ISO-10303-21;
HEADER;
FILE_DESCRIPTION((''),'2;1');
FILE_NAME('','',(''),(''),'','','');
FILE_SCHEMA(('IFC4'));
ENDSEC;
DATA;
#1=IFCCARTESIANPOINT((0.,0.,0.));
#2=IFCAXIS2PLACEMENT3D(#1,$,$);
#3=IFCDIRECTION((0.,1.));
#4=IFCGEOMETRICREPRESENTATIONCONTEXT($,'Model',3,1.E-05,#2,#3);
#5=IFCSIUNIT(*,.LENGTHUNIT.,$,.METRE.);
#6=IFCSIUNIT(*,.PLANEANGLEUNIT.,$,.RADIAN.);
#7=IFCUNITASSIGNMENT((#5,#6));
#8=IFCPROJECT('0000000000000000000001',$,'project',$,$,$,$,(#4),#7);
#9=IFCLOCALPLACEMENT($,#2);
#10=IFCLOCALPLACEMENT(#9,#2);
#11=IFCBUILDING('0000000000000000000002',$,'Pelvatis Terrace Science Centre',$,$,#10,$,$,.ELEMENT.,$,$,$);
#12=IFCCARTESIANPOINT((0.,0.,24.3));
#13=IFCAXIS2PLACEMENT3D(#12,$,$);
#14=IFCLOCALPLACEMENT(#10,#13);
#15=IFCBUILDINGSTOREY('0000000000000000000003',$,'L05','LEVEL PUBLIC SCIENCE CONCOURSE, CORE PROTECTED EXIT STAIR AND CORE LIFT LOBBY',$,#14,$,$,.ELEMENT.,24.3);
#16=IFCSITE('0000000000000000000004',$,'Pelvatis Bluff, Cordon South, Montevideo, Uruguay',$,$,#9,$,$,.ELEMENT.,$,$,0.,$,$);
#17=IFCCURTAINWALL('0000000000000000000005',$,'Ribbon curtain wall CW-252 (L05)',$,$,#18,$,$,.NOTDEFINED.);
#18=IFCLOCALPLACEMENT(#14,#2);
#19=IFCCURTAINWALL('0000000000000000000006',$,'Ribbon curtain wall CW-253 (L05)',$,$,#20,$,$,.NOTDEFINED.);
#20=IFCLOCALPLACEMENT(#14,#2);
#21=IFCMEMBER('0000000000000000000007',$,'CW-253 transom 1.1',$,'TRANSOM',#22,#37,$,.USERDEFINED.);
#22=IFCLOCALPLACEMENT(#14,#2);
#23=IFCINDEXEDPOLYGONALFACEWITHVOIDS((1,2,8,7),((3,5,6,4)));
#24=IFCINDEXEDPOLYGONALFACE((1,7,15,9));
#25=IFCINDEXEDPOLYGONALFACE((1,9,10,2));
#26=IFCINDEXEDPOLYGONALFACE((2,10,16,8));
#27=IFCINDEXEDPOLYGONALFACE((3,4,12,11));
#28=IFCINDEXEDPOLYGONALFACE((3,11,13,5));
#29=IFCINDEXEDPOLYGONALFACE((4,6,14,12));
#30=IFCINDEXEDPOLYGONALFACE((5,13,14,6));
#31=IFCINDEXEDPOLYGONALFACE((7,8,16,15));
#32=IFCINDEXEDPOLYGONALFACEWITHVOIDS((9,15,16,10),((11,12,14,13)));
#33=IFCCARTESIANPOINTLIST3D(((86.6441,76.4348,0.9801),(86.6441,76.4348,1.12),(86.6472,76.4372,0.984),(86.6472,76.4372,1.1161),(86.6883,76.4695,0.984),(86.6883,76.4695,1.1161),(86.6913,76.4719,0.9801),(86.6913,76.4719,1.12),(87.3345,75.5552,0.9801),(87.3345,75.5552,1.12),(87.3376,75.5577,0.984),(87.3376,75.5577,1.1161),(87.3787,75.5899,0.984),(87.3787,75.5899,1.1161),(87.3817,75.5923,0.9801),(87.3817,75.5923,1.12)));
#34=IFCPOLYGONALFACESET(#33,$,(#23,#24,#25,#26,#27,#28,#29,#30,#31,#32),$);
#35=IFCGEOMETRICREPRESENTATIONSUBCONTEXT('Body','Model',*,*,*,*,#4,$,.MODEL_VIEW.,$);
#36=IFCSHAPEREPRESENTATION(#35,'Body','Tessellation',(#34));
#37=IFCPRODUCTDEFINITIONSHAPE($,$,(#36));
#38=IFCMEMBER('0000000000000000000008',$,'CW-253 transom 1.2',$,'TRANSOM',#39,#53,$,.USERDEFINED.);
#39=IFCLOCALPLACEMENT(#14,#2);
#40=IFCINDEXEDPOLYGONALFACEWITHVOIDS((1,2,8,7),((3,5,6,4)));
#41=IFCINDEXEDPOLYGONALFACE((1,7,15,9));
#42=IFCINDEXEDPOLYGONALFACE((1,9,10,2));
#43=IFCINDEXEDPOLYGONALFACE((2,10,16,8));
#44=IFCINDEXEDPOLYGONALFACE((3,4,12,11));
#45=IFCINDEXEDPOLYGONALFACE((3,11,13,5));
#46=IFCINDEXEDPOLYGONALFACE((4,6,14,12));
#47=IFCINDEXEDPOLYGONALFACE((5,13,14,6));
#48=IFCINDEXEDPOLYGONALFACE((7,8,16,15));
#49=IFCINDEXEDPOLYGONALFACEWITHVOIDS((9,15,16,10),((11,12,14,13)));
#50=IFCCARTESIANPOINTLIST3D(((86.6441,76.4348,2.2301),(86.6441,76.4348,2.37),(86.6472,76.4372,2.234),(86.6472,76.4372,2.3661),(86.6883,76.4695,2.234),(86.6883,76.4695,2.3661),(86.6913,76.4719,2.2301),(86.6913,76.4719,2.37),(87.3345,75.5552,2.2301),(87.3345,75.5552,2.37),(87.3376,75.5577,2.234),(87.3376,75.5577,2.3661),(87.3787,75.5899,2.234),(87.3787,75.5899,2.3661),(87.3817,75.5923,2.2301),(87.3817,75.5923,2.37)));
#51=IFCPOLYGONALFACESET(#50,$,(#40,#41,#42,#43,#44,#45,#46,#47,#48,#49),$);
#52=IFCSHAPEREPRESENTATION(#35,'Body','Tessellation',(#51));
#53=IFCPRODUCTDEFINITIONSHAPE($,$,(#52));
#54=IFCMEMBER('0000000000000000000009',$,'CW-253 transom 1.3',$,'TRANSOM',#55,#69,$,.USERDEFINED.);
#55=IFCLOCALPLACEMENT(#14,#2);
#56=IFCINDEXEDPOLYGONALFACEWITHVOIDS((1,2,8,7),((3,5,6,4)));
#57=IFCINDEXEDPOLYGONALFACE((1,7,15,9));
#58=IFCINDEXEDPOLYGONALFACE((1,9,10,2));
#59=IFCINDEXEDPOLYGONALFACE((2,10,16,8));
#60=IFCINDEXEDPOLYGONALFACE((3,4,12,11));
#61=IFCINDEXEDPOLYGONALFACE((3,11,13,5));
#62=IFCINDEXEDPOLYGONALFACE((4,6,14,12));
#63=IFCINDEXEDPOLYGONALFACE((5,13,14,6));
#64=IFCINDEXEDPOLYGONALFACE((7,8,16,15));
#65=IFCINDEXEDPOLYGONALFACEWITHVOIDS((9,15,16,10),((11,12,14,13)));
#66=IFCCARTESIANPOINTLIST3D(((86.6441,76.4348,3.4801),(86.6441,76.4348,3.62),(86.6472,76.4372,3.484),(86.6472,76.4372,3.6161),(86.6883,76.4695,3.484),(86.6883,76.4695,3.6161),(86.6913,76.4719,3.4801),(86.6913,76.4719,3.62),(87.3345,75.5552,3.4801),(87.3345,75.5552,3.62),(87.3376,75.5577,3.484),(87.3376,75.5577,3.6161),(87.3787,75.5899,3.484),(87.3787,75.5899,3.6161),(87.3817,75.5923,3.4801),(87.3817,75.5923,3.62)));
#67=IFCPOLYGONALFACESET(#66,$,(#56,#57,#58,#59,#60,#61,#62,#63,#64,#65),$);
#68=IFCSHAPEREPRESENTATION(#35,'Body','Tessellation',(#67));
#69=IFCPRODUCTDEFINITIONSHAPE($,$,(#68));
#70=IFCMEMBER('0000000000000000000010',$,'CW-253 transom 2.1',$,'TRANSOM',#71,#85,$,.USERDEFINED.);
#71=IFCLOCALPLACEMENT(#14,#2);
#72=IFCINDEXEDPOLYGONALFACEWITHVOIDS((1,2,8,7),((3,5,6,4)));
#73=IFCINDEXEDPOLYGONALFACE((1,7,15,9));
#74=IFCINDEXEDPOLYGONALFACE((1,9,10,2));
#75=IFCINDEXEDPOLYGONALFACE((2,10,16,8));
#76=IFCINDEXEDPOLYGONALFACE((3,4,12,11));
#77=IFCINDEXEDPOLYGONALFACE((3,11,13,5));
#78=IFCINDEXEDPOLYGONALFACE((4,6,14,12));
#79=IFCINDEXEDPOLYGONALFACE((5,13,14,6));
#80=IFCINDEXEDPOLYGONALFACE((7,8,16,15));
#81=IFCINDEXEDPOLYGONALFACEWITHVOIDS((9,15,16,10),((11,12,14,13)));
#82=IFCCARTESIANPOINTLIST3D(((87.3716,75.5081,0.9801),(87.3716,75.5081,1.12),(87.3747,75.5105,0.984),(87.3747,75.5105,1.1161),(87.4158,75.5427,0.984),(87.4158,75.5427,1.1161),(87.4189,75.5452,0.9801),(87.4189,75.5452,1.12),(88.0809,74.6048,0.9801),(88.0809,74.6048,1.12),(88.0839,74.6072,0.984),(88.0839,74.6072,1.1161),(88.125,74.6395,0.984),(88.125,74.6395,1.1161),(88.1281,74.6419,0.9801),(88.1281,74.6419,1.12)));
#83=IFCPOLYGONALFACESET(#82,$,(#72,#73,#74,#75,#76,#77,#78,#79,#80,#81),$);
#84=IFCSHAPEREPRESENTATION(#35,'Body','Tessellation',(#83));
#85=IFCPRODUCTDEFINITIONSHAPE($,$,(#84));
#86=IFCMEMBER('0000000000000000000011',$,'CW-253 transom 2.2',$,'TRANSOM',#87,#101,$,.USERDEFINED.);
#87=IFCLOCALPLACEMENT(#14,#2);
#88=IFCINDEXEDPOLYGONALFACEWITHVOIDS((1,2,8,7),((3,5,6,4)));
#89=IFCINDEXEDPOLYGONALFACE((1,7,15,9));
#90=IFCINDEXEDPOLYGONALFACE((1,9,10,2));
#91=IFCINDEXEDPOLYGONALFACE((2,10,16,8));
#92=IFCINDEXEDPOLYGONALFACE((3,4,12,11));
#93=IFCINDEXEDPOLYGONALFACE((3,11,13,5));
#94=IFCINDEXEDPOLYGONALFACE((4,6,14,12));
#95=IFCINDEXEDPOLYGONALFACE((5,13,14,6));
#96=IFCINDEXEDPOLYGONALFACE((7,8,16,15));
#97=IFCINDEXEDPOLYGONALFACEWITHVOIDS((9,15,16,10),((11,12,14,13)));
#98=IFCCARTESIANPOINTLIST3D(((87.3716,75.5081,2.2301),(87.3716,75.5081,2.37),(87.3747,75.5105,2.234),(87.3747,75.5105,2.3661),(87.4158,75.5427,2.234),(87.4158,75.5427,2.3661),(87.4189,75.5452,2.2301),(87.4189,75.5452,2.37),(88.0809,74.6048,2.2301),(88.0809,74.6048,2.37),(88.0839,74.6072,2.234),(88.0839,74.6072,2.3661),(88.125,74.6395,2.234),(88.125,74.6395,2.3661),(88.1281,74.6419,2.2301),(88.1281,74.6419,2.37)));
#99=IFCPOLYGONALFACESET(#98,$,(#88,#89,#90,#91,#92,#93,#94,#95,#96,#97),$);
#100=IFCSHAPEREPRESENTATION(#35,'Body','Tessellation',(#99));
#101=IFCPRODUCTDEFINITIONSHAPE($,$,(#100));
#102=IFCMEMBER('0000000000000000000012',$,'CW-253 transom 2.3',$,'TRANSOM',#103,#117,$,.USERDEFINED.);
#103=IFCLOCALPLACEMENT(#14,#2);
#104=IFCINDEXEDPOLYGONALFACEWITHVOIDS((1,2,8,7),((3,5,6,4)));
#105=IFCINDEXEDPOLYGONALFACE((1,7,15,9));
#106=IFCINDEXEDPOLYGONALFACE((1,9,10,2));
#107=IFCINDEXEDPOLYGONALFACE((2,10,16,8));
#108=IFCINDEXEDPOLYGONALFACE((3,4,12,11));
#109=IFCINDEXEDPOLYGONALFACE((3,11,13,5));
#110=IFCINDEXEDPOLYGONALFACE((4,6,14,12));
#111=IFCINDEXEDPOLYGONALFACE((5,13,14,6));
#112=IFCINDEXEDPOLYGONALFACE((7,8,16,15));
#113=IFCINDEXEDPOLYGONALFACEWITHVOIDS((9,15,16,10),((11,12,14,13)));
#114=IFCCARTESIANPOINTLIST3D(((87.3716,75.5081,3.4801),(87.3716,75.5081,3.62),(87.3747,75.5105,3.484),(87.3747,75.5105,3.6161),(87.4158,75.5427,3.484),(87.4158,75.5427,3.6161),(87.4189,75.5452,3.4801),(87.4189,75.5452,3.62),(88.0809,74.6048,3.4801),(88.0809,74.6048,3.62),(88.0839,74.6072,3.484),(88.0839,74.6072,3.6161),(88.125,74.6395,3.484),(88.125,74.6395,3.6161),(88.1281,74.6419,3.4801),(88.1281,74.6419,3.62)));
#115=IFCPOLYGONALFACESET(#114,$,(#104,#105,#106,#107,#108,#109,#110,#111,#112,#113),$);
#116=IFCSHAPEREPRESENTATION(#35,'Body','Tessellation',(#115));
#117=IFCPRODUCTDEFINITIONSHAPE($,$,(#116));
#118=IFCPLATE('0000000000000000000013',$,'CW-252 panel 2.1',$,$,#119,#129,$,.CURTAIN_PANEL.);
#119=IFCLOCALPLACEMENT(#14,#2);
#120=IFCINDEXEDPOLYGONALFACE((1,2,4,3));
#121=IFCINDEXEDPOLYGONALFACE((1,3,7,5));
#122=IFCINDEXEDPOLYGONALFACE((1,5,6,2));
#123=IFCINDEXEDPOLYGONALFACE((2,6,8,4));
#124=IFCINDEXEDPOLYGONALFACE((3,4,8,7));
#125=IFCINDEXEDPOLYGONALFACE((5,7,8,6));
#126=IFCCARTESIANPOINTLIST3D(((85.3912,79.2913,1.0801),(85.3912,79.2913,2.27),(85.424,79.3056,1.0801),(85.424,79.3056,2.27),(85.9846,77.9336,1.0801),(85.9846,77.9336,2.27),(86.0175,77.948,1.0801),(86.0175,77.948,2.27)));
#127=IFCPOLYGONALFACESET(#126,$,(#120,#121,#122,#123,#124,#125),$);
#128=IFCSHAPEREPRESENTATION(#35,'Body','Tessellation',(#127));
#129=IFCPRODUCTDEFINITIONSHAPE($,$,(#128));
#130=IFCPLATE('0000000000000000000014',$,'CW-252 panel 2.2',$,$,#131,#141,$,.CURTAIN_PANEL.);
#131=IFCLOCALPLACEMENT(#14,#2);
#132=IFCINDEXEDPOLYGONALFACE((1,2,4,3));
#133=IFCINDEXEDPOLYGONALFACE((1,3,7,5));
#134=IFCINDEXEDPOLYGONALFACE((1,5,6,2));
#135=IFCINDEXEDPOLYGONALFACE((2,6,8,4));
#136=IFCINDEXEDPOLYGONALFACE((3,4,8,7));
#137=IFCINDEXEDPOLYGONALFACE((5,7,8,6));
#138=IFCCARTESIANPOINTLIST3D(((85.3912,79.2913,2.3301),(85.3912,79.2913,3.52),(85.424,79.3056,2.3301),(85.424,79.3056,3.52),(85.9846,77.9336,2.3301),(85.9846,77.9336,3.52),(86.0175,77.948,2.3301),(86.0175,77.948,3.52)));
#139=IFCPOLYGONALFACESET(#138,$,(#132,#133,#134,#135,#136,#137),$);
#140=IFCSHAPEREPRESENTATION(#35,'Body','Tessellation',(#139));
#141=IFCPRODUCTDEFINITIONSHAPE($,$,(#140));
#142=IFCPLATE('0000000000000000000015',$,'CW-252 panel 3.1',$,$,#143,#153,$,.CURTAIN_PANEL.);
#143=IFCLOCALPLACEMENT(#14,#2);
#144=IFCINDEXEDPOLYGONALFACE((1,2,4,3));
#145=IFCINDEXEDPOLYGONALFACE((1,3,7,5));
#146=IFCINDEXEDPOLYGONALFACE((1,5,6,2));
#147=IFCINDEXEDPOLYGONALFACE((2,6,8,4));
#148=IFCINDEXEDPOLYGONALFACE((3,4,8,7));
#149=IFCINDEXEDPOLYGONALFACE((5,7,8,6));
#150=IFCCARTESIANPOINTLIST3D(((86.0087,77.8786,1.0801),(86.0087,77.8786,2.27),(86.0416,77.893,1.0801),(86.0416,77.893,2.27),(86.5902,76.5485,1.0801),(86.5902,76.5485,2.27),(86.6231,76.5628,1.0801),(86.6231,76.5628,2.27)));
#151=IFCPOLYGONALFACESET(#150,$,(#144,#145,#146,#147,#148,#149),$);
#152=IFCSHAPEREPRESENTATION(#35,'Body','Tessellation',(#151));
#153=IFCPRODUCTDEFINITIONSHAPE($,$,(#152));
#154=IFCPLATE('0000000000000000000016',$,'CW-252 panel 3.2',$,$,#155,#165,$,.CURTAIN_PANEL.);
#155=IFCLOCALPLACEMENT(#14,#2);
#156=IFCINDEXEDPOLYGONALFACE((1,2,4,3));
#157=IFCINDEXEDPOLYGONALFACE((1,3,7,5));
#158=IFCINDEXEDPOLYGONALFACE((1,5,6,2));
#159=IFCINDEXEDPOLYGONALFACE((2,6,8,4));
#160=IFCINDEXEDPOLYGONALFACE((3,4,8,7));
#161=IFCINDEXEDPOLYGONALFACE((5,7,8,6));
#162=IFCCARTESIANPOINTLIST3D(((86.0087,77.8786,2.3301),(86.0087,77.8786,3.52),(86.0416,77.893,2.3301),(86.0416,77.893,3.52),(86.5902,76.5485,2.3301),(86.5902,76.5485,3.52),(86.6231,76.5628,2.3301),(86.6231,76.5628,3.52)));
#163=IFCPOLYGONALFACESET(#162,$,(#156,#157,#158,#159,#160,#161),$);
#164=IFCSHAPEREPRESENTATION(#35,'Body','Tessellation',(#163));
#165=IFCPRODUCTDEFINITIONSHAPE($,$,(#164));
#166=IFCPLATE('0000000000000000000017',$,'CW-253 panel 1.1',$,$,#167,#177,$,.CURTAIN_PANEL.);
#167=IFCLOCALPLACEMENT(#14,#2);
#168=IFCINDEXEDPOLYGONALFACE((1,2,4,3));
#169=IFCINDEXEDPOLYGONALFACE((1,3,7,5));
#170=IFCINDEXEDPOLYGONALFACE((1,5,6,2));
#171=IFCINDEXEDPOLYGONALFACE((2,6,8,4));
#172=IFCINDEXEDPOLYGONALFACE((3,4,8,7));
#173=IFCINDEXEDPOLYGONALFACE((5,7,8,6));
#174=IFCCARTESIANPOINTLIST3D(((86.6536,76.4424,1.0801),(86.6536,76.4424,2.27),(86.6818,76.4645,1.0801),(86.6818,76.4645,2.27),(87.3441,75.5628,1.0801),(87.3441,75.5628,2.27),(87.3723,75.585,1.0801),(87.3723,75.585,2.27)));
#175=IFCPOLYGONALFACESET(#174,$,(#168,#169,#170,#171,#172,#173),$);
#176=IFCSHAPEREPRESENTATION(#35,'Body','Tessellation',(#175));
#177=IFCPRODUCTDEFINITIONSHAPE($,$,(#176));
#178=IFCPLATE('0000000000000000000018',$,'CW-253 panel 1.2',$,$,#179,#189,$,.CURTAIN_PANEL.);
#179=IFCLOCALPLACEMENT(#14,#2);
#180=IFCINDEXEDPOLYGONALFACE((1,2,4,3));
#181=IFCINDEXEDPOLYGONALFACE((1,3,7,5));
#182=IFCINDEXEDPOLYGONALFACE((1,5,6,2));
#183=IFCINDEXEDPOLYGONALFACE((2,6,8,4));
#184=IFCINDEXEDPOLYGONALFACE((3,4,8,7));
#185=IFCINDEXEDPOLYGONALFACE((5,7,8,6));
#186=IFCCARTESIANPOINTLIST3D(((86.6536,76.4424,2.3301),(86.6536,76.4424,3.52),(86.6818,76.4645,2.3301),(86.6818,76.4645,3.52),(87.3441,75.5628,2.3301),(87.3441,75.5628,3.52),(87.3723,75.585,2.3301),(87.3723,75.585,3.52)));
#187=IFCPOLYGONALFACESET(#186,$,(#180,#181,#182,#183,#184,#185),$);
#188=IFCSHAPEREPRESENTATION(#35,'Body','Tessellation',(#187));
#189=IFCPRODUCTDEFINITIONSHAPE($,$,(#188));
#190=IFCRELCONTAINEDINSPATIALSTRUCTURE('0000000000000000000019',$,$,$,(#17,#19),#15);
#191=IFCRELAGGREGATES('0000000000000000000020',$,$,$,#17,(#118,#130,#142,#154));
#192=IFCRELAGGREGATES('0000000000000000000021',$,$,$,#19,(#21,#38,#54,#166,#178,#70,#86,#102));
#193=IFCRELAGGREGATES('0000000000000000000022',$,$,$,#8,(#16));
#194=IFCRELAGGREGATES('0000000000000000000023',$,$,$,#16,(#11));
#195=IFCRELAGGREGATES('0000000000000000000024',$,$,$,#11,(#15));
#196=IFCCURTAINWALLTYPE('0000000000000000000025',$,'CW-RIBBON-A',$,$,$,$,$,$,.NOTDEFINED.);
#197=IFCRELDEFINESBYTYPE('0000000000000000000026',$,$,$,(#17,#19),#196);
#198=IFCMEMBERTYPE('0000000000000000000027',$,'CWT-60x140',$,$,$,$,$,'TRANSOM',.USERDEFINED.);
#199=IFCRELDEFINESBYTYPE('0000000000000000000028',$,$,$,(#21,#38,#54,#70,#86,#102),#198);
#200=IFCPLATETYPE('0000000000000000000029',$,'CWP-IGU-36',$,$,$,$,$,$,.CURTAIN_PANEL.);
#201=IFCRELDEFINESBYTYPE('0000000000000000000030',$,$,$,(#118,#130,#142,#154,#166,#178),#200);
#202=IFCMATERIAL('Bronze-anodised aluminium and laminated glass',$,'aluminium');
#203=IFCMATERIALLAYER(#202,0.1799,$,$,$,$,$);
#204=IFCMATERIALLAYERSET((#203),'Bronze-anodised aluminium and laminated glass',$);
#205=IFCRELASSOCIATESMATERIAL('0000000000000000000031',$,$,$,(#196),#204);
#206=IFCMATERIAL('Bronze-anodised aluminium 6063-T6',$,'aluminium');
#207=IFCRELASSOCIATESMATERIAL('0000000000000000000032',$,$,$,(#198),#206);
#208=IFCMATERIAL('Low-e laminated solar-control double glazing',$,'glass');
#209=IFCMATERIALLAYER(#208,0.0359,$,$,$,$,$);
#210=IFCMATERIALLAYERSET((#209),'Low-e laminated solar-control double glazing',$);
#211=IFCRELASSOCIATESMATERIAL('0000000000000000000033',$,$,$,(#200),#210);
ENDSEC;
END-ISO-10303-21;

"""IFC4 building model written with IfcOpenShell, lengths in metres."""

from ifc_helpers import new_model, si_unit, direction, frame, origin, origin_2d, place, context, subcontext, project, spatial, rectangle, hollow_rectangle, extrude, material, layer, layer_set, material_profile, profile_set, type_object, element, aggregate, save


model = new_model("IFC4")

# Units and contexts
model_context = context("Model", 3, precision=1e-05, world=origin(), true_north=direction((0.0, 1.0)))
body_context = subcontext(model_context, "Body", "Model", "MODEL_VIEW")
ifc_project = project(units=[si_unit("LENGTHUNIT", "METRE"), si_unit("PLANEANGLEUNIT", "RADIAN")], contexts=[model_context])

# Site, building, storey
site_placement = place(None, origin())
site = spatial("IfcSite", under=ifc_project, at=site_placement, Name="Pelvatis Bluff, Cordon South, Montevideo, Uruguay", CompositionType="ELEMENT", RefElevation=0.0)
building_placement = place(site_placement, origin())
building = spatial("IfcBuilding", under=site, at=building_placement, Name="Pelvatis Terrace Science Centre", CompositionType="ELEMENT")
storey_placement = place(building_placement, frame((0.0, 0.0, 24.3)))
storey = spatial("IfcBuildingStorey", under=building, at=storey_placement, Name="L05", Description="LEVEL PUBLIC SCIENCE CONCOURSE, CORE PROTECTED EXIT STAIR AND CORE LIFT LOBBY", CompositionType="ELEMENT", Elevation=24.3)

# Curtain walls
ifc_material_1 = material(Name="Bronze-anodised aluminium and laminated glass", Category="aluminium")
ifc_layer_1 = layer(ifc_material_1, 0.1799)
ifc_layer_set_1 = layer_set([ifc_layer_1], Name="Bronze-anodised aluminium and laminated glass")
curtain_wall_type = type_object("IfcCurtainWallType", Name="CW-RIBBON-A", PredefinedType="NOTDEFINED", material=ifc_layer_set_1)
curtain_wall_1_placement = place(storey_placement, origin())
curtain_wall_1 = element("IfcCurtainWall", 1, at=curtain_wall_1_placement, inside=storey, type_object=curtain_wall_type, Name="Ribbon curtain wall CW-252 (L05)", PredefinedType="NOTDEFINED")
curtain_wall_2_placement = place(storey_placement, origin())
curtain_wall_2 = element("IfcCurtainWall", 2, at=curtain_wall_2_placement, inside=storey, type_object=curtain_wall_type, Name="Ribbon curtain wall CW-253 (L05)", PredefinedType="NOTDEFINED")

# Members
ifc_material_2 = material(Name="Bronze-anodised aluminium 6063-T6", Category="aluminium")
ifc_material_profile_1 = material_profile(ifc_material_2, hollow_rectangle(XDim=0.0601, YDim=0.1399, WallThickness=0.0039, at=origin_2d()), Name="ALU-TRN 60x140")
ifc_profile_set_1 = profile_set([ifc_material_profile_1], Name="Bronze-anodised aluminium 6063-T6")
member_type_1 = type_object("IfcMemberType", Name="CWT-60x140", ElementType="TRANSOM", PredefinedType="USERDEFINED", material=ifc_profile_set_1)
member_1_placement = place(storey_placement, frame((86.6677, 76.4534, 1.05), z_axis=(0.617426, -0.786629, 0.0), x_axis=(0.786629, 0.617426, 0.0)))
member_1 = element("IfcMember", 3, at=member_1_placement, type_object=member_type_1, Name="CW-253 transom 1.1", ObjectType="TRANSOM", PredefinedType="USERDEFINED", context=body_context, shape_type="SweptSolid", body=[
    extrude(hollow_rectangle(XDim=0.0601, YDim=0.1399, WallThickness=0.0039, at=origin_2d()), origin(), (0.0, 0.0, 1.0), 1.1182),
])
member_2_placement = place(storey_placement, frame((86.6677, 76.4534, 2.3), z_axis=(0.617426, -0.786629, 0.0), x_axis=(0.786629, 0.617426, 0.0)))
member_2 = element("IfcMember", 4, at=member_2_placement, type_object=member_type_1, Name="CW-253 transom 1.2", ObjectType="TRANSOM", PredefinedType="USERDEFINED", context=body_context, shape_type="SweptSolid", body=[
    extrude(hollow_rectangle(XDim=0.0601, YDim=0.1399, WallThickness=0.0039, at=origin_2d()), origin(), (0.0, 0.0, 1.0), 1.1182),
])
member_3_placement = place(storey_placement, frame((86.6677, 76.4534, 3.55), z_axis=(0.617426, -0.786629, 0.0), x_axis=(0.786629, 0.617426, 0.0)))
member_3 = element("IfcMember", 5, at=member_3_placement, type_object=member_type_1, Name="CW-253 transom 1.3", ObjectType="TRANSOM", PredefinedType="USERDEFINED", context=body_context, shape_type="SweptSolid", body=[
    extrude(hollow_rectangle(XDim=0.0601, YDim=0.1399, WallThickness=0.0039, at=origin_2d()), origin(), (0.0, 0.0, 1.0), 1.1182),
])
member_4_placement = place(storey_placement, frame((87.3953, 75.5266, 1.05), z_axis=(0.61754, -0.78654, 0.0), x_axis=(0.78654, 0.61754, 0.0)))
member_4 = element("IfcMember", 6, at=member_4_placement, type_object=member_type_1, Name="CW-253 transom 2.1", ObjectType="TRANSOM", PredefinedType="USERDEFINED", context=body_context, shape_type="SweptSolid", body=[
    extrude(hollow_rectangle(XDim=0.0601, YDim=0.1399, WallThickness=0.0039, at=origin_2d()), origin(), (0.0, 0.0, 1.0), 1.1484),
])
member_5_placement = place(storey_placement, frame((87.3953, 75.5266, 2.3), z_axis=(0.61754, -0.78654, 0.0), x_axis=(0.78654, 0.61754, 0.0)))
member_5 = element("IfcMember", 7, at=member_5_placement, type_object=member_type_1, Name="CW-253 transom 2.2", ObjectType="TRANSOM", PredefinedType="USERDEFINED", context=body_context, shape_type="SweptSolid", body=[
    extrude(hollow_rectangle(XDim=0.0601, YDim=0.1399, WallThickness=0.0039, at=origin_2d()), origin(), (0.0, 0.0, 1.0), 1.1484),
])
member_6_placement = place(storey_placement, frame((87.3953, 75.5266, 3.55), z_axis=(0.61754, -0.78654, 0.0), x_axis=(0.78654, 0.61754, 0.0)))
member_6 = element("IfcMember", 8, at=member_6_placement, type_object=member_type_1, Name="CW-253 transom 2.3", ObjectType="TRANSOM", PredefinedType="USERDEFINED", context=body_context, shape_type="SweptSolid", body=[
    extrude(hollow_rectangle(XDim=0.0601, YDim=0.1399, WallThickness=0.0039, at=origin_2d()), origin(), (0.0, 0.0, 1.0), 1.1484),
])

# Plates
ifc_material_3 = material(Name="Low-e laminated solar-control double glazing", Category="glass")
ifc_layer_2 = layer(ifc_material_3, 0.0359)
ifc_layer_set_2 = layer_set([ifc_layer_2], Name="Low-e laminated solar-control double glazing")
plate_type = type_object("IfcPlateType", Name="CWP-IGU-36", PredefinedType="CURTAIN_PANEL", material=ifc_layer_set_2)
plate_1_placement = place(storey_placement, frame((85.7043, 78.6196, 1.0801), z_axis=(0.0, 0.0, 1.0), x_axis=(0.40055, -0.916275, 0.0)))
plate_1 = element("IfcPlate", 9, at=plate_1_placement, type_object=plate_type, Name="CW-252 panel 2.1", PredefinedType="CURTAIN_PANEL", context=body_context, shape_type="SweptSolid", body=[
    extrude(rectangle(XDim=1.4817, YDim=0.0359, at=origin_2d()), origin(), (0.0, 0.0, 1.0), 1.1899),
])
plate_2_placement = place(storey_placement, frame((85.7043, 78.6196, 2.3301), z_axis=(0.0, 0.0, 1.0), x_axis=(0.40055, -0.916275, 0.0)))
plate_2 = element("IfcPlate", 10, at=plate_2_placement, type_object=plate_type, Name="CW-252 panel 2.2", PredefinedType="CURTAIN_PANEL", context=body_context, shape_type="SweptSolid", body=[
    extrude(rectangle(XDim=1.4817, YDim=0.0359, at=origin_2d()), origin(), (0.0, 0.0, 1.0), 1.1899),
])
plate_3_placement = place(storey_placement, frame((86.3159, 77.2207, 1.0801), z_axis=(0.0, 0.0, 1.0), x_axis=(0.40055, -0.916275, 0.0)))
plate_3 = element("IfcPlate", 11, at=plate_3_placement, type_object=plate_type, Name="CW-252 panel 3.1", PredefinedType="CURTAIN_PANEL", context=body_context, shape_type="SweptSolid", body=[
    extrude(rectangle(XDim=1.4517, YDim=0.0359, at=origin_2d()), origin(), (0.0, 0.0, 1.0), 1.1899),
])
plate_4_placement = place(storey_placement, frame((86.3159, 77.2207, 2.3301), z_axis=(0.0, 0.0, 1.0), x_axis=(0.40055, -0.916275, 0.0)))
plate_4 = element("IfcPlate", 12, at=plate_4_placement, type_object=plate_type, Name="CW-252 panel 3.2", PredefinedType="CURTAIN_PANEL", context=body_context, shape_type="SweptSolid", body=[
    extrude(rectangle(XDim=1.4517, YDim=0.0359, at=origin_2d()), origin(), (0.0, 0.0, 1.0), 1.1899),
])
aggregate(curtain_wall_1, [plate_1, plate_2, plate_3, plate_4])
plate_5_placement = place(storey_placement, frame((87.0129, 76.0137, 1.0801), z_axis=(0.0, 0.0, 1.0), x_axis=(0.617493, -0.786577, 0.0)))
plate_5 = element("IfcPlate", 13, at=plate_5_placement, type_object=plate_type, Name="CW-253 panel 1.1", PredefinedType="CURTAIN_PANEL", context=body_context, shape_type="SweptSolid", body=[
    extrude(rectangle(XDim=1.1182, YDim=0.0359, at=origin_2d()), origin(), (0.0, 0.0, 1.0), 1.1899),
])
plate_6_placement = place(storey_placement, frame((87.0129, 76.0137, 2.3301), z_axis=(0.0, 0.0, 1.0), x_axis=(0.617493, -0.786577, 0.0)))
plate_6 = element("IfcPlate", 14, at=plate_6_placement, type_object=plate_type, Name="CW-253 panel 1.2", PredefinedType="CURTAIN_PANEL", context=body_context, shape_type="SweptSolid", body=[
    extrude(rectangle(XDim=1.1182, YDim=0.0359, at=origin_2d()), origin(), (0.0, 0.0, 1.0), 1.1899),
])
aggregate(curtain_wall_2, [member_1, member_2, member_3, plate_5, plate_6, member_4, member_5, member_6])

save(model, "model.ifc")
